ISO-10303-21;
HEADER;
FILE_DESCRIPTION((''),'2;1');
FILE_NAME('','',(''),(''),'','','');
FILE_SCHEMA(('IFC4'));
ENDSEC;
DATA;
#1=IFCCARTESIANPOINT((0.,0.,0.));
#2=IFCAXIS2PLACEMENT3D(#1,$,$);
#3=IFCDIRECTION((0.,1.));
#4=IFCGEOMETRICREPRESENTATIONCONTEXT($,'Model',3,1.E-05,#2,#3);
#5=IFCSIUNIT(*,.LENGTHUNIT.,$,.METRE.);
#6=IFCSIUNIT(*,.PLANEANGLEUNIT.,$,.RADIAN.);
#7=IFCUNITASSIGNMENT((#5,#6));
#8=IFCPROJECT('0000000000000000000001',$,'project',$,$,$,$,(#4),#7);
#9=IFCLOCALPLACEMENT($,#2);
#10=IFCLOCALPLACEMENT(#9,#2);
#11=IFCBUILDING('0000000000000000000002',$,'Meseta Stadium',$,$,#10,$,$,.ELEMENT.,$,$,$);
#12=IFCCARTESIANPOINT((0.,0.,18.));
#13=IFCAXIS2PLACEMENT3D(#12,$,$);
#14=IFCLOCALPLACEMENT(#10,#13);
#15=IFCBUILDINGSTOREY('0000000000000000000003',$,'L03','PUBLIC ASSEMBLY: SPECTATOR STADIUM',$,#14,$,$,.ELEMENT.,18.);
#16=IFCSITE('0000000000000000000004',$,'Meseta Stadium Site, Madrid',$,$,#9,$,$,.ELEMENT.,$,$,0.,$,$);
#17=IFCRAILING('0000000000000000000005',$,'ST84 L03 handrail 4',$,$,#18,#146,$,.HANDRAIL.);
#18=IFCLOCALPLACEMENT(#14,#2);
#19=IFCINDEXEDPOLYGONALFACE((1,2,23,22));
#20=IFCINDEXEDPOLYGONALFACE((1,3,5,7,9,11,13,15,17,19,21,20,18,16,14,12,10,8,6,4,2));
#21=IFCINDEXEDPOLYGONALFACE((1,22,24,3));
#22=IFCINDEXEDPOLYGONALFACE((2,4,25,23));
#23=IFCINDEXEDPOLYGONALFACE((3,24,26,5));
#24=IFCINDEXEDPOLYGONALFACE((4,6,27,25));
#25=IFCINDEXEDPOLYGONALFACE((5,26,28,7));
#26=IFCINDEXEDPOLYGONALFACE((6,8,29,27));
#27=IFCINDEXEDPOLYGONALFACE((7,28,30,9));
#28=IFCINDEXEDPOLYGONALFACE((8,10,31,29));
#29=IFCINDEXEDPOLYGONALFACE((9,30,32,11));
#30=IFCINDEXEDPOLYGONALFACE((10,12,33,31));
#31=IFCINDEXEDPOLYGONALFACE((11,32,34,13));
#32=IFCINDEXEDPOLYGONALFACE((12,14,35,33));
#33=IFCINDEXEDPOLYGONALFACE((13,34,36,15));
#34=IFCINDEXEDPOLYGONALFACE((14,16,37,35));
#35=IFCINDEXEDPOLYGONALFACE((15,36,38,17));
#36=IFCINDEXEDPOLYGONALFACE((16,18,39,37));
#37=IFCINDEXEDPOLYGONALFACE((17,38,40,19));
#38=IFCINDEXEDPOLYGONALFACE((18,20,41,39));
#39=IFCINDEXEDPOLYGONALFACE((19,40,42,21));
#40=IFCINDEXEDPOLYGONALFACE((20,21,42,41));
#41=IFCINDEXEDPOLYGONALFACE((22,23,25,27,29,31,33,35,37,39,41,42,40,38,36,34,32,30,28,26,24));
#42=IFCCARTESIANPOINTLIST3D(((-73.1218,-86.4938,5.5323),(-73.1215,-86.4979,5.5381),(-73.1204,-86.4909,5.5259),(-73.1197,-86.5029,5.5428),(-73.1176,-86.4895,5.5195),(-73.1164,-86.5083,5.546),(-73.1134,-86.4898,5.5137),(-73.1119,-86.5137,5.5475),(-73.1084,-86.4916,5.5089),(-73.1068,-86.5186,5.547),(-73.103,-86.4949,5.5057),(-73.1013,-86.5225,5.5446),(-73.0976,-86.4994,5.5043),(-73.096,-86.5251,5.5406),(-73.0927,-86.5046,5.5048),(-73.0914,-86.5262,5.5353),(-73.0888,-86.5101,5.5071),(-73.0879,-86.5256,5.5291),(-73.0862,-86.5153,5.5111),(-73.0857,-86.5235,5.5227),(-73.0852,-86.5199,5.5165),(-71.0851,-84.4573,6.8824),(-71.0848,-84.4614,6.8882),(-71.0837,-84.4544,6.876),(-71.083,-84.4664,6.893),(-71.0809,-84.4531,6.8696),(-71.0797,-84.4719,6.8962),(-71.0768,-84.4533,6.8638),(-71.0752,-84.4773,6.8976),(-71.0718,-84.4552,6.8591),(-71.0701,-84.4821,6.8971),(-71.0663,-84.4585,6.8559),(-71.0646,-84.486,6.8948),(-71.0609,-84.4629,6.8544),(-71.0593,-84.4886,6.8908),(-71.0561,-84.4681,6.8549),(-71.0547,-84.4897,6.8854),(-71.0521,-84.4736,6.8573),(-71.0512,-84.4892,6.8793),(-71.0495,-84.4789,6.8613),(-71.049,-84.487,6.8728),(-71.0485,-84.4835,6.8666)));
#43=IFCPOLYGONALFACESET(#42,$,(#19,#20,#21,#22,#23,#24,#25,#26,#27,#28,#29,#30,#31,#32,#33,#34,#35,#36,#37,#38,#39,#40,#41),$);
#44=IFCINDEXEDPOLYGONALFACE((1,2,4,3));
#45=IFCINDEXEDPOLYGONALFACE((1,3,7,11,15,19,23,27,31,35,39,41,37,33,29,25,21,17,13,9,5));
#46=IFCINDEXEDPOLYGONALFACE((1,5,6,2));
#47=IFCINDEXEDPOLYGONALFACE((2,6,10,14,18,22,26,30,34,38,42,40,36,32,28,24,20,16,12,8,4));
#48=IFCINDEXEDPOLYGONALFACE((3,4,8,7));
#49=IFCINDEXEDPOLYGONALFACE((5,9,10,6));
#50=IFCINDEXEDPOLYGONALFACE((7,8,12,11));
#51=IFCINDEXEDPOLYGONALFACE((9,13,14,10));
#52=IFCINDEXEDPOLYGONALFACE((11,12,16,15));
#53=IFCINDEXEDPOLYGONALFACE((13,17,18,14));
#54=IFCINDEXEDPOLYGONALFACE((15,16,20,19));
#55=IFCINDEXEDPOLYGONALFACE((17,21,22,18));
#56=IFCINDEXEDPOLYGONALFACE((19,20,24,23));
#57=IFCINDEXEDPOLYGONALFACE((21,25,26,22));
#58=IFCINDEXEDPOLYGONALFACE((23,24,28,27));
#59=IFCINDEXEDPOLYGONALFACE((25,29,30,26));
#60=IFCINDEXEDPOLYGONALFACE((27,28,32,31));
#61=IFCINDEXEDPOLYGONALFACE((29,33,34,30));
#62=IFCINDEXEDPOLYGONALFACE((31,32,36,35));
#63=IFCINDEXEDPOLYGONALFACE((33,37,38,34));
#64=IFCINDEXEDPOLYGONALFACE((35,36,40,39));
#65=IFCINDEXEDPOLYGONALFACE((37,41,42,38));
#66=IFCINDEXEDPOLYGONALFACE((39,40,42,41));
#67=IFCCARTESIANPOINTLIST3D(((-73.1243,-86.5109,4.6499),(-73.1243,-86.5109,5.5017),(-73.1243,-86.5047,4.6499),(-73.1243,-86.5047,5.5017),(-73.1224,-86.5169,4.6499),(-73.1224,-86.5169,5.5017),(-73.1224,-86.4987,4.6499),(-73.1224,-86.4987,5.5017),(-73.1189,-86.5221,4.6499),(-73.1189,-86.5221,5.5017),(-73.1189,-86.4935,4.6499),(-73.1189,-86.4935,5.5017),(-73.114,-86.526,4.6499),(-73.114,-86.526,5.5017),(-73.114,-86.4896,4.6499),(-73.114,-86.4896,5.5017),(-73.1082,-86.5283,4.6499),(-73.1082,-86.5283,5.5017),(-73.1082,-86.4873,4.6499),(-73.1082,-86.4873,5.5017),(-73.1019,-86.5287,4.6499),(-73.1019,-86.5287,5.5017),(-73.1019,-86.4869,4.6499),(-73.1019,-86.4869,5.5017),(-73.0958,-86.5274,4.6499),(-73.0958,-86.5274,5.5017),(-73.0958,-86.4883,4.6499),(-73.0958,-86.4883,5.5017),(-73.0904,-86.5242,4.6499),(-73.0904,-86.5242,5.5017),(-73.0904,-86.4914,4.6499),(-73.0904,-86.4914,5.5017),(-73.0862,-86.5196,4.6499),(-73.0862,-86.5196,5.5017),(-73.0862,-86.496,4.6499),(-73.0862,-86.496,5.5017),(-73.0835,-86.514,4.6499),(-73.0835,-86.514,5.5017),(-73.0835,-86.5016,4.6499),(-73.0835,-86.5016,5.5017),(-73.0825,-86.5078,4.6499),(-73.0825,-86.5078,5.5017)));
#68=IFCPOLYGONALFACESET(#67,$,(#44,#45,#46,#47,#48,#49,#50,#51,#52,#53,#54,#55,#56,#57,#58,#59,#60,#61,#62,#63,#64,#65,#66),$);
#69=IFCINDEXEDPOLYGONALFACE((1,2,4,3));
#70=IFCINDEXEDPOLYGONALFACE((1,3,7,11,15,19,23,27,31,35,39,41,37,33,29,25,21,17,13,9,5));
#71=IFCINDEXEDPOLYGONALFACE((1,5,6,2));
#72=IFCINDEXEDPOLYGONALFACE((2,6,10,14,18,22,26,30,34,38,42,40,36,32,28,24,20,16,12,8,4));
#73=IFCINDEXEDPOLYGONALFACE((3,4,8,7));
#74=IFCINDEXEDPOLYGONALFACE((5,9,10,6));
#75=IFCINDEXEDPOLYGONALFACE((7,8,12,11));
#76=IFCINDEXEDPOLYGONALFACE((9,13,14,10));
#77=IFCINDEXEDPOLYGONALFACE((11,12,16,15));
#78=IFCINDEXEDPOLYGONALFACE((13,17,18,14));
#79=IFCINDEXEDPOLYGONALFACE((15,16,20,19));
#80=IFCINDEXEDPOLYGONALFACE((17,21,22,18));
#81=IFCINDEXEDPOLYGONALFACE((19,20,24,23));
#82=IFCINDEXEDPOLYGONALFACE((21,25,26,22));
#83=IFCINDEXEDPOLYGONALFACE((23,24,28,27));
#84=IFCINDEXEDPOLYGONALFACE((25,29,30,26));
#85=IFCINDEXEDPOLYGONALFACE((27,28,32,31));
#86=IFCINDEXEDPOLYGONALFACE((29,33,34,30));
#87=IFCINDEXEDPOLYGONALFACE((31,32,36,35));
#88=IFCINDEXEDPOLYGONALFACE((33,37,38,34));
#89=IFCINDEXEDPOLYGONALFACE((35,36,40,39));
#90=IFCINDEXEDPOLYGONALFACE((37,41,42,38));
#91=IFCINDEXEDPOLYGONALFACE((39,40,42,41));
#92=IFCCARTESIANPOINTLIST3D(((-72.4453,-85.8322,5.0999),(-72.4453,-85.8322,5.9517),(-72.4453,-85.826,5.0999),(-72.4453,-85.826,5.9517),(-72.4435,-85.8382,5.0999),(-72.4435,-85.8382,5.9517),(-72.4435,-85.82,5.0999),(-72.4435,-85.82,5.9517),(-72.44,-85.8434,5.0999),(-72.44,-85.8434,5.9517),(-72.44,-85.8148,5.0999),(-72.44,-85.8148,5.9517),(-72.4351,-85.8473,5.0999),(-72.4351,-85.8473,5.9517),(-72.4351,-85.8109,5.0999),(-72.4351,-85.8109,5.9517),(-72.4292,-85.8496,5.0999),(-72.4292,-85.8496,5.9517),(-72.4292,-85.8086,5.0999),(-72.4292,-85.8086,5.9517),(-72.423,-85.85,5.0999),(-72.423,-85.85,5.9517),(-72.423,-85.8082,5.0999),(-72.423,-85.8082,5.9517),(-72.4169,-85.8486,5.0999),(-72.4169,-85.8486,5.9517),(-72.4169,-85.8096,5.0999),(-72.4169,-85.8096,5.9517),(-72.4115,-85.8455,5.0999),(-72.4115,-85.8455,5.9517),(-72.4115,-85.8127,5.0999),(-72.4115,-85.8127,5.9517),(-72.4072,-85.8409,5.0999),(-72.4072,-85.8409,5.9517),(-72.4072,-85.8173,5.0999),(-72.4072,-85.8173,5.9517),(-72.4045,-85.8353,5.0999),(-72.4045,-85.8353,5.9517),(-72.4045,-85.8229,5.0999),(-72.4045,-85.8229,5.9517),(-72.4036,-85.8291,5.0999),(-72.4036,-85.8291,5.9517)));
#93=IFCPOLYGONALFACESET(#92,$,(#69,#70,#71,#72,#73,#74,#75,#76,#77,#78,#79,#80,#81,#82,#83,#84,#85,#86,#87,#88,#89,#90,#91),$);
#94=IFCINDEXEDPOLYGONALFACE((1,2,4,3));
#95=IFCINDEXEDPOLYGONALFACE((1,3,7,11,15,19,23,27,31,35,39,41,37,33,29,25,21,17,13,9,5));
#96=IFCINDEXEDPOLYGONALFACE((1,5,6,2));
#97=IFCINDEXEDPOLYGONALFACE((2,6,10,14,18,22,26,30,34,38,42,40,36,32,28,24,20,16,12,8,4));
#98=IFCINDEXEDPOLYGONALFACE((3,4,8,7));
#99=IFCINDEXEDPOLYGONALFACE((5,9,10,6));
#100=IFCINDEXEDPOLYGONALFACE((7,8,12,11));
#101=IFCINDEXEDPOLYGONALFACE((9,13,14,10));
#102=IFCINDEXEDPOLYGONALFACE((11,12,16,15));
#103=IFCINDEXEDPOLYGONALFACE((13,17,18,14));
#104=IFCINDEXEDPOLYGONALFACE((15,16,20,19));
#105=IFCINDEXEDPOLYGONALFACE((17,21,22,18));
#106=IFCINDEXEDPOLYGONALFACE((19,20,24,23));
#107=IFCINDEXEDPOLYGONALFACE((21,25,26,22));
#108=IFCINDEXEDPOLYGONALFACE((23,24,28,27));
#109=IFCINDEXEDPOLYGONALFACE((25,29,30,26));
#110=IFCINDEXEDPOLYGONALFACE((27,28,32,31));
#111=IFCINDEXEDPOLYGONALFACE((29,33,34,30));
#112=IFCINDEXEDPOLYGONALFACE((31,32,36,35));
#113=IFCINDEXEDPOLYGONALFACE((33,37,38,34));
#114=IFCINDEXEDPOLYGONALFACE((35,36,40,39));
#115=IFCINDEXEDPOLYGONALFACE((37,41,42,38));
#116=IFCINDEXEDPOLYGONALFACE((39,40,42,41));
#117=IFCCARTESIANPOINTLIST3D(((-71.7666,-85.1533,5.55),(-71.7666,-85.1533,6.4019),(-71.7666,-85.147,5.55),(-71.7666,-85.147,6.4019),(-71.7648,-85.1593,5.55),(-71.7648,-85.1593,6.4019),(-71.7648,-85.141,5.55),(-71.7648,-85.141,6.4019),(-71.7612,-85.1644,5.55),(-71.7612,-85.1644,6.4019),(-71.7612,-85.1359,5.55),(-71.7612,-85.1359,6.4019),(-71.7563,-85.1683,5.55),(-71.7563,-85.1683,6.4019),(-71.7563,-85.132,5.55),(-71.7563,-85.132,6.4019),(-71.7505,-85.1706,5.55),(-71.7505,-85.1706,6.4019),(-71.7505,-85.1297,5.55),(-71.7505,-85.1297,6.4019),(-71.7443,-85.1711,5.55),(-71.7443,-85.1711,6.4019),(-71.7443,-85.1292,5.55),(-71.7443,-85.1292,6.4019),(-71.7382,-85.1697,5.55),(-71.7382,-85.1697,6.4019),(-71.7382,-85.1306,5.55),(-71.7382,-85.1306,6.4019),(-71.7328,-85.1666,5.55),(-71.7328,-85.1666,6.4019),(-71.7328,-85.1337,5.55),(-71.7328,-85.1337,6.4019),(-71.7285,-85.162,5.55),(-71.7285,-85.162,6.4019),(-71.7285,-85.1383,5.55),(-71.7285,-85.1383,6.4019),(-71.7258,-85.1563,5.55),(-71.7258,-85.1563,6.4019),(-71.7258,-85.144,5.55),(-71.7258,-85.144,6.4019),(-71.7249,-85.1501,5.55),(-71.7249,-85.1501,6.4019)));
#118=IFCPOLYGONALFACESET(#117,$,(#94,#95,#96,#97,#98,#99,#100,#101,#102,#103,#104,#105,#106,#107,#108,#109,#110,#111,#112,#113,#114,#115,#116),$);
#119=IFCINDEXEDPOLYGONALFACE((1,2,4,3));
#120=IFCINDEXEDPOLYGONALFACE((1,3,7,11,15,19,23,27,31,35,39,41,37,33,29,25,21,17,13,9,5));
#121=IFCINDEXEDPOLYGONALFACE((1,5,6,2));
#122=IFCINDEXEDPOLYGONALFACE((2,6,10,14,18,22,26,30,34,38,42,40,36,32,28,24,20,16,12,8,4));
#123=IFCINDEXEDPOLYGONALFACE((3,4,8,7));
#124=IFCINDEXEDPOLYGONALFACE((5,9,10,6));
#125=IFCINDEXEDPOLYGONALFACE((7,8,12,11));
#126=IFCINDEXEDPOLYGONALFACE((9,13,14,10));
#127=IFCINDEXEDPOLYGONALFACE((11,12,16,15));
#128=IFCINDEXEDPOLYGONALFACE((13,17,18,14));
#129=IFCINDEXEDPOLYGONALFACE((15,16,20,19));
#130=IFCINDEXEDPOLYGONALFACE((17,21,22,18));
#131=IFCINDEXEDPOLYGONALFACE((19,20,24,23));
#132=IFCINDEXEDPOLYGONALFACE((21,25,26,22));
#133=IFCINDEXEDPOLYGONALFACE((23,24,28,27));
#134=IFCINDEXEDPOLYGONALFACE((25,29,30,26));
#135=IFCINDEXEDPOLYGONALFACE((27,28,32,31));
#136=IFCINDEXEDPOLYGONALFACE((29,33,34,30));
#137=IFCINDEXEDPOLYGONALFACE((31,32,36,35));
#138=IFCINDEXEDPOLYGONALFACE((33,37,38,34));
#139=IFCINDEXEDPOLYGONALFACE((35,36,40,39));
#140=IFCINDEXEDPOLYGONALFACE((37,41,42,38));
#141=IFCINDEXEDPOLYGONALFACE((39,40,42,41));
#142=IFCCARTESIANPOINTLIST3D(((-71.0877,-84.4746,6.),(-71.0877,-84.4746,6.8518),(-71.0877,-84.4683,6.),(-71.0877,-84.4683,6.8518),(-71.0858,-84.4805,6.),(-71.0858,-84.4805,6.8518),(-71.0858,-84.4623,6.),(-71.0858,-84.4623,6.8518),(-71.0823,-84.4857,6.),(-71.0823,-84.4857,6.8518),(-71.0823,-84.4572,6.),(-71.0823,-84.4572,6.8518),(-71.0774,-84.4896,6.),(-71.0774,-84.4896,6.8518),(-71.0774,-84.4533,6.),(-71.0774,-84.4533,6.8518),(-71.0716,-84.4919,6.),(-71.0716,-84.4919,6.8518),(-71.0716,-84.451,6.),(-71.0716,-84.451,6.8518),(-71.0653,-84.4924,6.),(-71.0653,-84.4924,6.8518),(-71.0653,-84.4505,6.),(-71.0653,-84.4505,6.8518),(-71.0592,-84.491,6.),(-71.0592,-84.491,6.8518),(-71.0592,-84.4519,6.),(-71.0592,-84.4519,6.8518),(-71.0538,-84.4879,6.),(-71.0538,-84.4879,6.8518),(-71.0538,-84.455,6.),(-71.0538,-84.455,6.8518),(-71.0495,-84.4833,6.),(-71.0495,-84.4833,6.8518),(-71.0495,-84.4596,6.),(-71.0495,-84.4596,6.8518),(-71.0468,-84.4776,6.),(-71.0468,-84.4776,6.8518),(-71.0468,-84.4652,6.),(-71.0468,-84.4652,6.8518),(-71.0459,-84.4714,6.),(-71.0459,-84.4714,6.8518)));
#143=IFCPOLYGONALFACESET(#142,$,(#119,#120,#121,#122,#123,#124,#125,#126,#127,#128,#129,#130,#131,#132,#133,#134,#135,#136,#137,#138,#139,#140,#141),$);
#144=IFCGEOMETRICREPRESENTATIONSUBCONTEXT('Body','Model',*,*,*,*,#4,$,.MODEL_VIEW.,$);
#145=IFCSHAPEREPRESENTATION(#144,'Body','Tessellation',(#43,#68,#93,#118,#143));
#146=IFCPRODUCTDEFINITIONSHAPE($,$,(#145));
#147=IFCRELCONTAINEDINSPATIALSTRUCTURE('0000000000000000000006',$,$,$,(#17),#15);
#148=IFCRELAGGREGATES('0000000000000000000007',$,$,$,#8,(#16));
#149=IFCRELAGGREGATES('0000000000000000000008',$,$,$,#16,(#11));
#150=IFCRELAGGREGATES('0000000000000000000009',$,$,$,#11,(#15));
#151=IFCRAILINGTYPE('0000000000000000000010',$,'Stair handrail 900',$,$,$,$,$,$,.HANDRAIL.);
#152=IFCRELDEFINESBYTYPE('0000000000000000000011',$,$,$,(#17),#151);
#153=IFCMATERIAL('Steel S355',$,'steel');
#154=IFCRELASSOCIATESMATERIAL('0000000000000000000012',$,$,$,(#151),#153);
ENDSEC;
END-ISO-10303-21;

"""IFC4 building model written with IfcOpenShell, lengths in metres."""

from ifc_helpers import new_model, si_unit, direction, frame, origin, origin_2d, place, context, subcontext, project, spatial, circle, extrude, material, type_object, element, save


model = new_model("IFC4")

# Units and contexts
model_context = context("Model", 3, precision=1e-05, world=origin(), true_north=direction((0.0, 1.0)))
body_context = subcontext(model_context, "Body", "Model", "MODEL_VIEW")
ifc_project = project(units=[si_unit("LENGTHUNIT", "METRE"), si_unit("PLANEANGLEUNIT", "RADIAN")], contexts=[model_context])

# Site, building, storey
site_placement = place(None, origin())
site = spatial("IfcSite", under=ifc_project, at=site_placement, Name="Meseta Stadium Site, Madrid", CompositionType="ELEMENT", RefElevation=0.0)
building_placement = place(site_placement, origin())
building = spatial("IfcBuilding", under=site, at=building_placement, Name="Meseta Stadium", CompositionType="ELEMENT")
storey_placement = place(building_placement, frame((0.0, 0.0, 18.0)))
storey = spatial("IfcBuildingStorey", under=building, at=storey_placement, Name="L03", Description="PUBLIC ASSEMBLY: SPECTATOR STADIUM", CompositionType="ELEMENT", Elevation=18.0)

# Railing
ifc_material_1 = material(Name="Steel S355", Category="steel")
railing_type_1 = type_object("IfcRailingType", Name="Stair handrail 900", PredefinedType="HANDRAIL", material=ifc_material_1)
railing_1_placement = place(storey_placement, frame((-73.1035, -86.5078, 4.6499)))
element("IfcRailing", 1, at=railing_1_placement, inside=storey, type_object=railing_type_1, Name="ST84 L03 handrail 4", PredefinedType="HANDRAIL", context=body_context, shape_type="SweptSolid", body=[
    extrude(circle(Radius=0.0239, at=origin_2d()), frame((0.0, 0.0, 0.876), z_axis=(0.640288, 0.640211, 0.424454), x_axis=(-0.707064, 0.707149, 0.0)), (0.0, 0.0, 1.0), 3.1809),
    extrude(circle(Radius=0.021, at=origin_2d()), origin(), (0.0, 0.0, 1.0), 0.8518),
    extrude(circle(Radius=0.021, at=origin_2d()), frame((0.679, 0.6787, 0.45)), (0.0, 0.0, 1.0), 0.8518),
    extrude(circle(Radius=0.021, at=origin_2d()), frame((1.3577, 1.3577, 0.9001)), (0.0, 0.0, 1.0), 0.8518),
    extrude(circle(Radius=0.021, at=origin_2d()), frame((2.0366, 2.0364, 1.3501)), (0.0, 0.0, 1.0), 0.8518),
])

save(model, "model.ifc")
